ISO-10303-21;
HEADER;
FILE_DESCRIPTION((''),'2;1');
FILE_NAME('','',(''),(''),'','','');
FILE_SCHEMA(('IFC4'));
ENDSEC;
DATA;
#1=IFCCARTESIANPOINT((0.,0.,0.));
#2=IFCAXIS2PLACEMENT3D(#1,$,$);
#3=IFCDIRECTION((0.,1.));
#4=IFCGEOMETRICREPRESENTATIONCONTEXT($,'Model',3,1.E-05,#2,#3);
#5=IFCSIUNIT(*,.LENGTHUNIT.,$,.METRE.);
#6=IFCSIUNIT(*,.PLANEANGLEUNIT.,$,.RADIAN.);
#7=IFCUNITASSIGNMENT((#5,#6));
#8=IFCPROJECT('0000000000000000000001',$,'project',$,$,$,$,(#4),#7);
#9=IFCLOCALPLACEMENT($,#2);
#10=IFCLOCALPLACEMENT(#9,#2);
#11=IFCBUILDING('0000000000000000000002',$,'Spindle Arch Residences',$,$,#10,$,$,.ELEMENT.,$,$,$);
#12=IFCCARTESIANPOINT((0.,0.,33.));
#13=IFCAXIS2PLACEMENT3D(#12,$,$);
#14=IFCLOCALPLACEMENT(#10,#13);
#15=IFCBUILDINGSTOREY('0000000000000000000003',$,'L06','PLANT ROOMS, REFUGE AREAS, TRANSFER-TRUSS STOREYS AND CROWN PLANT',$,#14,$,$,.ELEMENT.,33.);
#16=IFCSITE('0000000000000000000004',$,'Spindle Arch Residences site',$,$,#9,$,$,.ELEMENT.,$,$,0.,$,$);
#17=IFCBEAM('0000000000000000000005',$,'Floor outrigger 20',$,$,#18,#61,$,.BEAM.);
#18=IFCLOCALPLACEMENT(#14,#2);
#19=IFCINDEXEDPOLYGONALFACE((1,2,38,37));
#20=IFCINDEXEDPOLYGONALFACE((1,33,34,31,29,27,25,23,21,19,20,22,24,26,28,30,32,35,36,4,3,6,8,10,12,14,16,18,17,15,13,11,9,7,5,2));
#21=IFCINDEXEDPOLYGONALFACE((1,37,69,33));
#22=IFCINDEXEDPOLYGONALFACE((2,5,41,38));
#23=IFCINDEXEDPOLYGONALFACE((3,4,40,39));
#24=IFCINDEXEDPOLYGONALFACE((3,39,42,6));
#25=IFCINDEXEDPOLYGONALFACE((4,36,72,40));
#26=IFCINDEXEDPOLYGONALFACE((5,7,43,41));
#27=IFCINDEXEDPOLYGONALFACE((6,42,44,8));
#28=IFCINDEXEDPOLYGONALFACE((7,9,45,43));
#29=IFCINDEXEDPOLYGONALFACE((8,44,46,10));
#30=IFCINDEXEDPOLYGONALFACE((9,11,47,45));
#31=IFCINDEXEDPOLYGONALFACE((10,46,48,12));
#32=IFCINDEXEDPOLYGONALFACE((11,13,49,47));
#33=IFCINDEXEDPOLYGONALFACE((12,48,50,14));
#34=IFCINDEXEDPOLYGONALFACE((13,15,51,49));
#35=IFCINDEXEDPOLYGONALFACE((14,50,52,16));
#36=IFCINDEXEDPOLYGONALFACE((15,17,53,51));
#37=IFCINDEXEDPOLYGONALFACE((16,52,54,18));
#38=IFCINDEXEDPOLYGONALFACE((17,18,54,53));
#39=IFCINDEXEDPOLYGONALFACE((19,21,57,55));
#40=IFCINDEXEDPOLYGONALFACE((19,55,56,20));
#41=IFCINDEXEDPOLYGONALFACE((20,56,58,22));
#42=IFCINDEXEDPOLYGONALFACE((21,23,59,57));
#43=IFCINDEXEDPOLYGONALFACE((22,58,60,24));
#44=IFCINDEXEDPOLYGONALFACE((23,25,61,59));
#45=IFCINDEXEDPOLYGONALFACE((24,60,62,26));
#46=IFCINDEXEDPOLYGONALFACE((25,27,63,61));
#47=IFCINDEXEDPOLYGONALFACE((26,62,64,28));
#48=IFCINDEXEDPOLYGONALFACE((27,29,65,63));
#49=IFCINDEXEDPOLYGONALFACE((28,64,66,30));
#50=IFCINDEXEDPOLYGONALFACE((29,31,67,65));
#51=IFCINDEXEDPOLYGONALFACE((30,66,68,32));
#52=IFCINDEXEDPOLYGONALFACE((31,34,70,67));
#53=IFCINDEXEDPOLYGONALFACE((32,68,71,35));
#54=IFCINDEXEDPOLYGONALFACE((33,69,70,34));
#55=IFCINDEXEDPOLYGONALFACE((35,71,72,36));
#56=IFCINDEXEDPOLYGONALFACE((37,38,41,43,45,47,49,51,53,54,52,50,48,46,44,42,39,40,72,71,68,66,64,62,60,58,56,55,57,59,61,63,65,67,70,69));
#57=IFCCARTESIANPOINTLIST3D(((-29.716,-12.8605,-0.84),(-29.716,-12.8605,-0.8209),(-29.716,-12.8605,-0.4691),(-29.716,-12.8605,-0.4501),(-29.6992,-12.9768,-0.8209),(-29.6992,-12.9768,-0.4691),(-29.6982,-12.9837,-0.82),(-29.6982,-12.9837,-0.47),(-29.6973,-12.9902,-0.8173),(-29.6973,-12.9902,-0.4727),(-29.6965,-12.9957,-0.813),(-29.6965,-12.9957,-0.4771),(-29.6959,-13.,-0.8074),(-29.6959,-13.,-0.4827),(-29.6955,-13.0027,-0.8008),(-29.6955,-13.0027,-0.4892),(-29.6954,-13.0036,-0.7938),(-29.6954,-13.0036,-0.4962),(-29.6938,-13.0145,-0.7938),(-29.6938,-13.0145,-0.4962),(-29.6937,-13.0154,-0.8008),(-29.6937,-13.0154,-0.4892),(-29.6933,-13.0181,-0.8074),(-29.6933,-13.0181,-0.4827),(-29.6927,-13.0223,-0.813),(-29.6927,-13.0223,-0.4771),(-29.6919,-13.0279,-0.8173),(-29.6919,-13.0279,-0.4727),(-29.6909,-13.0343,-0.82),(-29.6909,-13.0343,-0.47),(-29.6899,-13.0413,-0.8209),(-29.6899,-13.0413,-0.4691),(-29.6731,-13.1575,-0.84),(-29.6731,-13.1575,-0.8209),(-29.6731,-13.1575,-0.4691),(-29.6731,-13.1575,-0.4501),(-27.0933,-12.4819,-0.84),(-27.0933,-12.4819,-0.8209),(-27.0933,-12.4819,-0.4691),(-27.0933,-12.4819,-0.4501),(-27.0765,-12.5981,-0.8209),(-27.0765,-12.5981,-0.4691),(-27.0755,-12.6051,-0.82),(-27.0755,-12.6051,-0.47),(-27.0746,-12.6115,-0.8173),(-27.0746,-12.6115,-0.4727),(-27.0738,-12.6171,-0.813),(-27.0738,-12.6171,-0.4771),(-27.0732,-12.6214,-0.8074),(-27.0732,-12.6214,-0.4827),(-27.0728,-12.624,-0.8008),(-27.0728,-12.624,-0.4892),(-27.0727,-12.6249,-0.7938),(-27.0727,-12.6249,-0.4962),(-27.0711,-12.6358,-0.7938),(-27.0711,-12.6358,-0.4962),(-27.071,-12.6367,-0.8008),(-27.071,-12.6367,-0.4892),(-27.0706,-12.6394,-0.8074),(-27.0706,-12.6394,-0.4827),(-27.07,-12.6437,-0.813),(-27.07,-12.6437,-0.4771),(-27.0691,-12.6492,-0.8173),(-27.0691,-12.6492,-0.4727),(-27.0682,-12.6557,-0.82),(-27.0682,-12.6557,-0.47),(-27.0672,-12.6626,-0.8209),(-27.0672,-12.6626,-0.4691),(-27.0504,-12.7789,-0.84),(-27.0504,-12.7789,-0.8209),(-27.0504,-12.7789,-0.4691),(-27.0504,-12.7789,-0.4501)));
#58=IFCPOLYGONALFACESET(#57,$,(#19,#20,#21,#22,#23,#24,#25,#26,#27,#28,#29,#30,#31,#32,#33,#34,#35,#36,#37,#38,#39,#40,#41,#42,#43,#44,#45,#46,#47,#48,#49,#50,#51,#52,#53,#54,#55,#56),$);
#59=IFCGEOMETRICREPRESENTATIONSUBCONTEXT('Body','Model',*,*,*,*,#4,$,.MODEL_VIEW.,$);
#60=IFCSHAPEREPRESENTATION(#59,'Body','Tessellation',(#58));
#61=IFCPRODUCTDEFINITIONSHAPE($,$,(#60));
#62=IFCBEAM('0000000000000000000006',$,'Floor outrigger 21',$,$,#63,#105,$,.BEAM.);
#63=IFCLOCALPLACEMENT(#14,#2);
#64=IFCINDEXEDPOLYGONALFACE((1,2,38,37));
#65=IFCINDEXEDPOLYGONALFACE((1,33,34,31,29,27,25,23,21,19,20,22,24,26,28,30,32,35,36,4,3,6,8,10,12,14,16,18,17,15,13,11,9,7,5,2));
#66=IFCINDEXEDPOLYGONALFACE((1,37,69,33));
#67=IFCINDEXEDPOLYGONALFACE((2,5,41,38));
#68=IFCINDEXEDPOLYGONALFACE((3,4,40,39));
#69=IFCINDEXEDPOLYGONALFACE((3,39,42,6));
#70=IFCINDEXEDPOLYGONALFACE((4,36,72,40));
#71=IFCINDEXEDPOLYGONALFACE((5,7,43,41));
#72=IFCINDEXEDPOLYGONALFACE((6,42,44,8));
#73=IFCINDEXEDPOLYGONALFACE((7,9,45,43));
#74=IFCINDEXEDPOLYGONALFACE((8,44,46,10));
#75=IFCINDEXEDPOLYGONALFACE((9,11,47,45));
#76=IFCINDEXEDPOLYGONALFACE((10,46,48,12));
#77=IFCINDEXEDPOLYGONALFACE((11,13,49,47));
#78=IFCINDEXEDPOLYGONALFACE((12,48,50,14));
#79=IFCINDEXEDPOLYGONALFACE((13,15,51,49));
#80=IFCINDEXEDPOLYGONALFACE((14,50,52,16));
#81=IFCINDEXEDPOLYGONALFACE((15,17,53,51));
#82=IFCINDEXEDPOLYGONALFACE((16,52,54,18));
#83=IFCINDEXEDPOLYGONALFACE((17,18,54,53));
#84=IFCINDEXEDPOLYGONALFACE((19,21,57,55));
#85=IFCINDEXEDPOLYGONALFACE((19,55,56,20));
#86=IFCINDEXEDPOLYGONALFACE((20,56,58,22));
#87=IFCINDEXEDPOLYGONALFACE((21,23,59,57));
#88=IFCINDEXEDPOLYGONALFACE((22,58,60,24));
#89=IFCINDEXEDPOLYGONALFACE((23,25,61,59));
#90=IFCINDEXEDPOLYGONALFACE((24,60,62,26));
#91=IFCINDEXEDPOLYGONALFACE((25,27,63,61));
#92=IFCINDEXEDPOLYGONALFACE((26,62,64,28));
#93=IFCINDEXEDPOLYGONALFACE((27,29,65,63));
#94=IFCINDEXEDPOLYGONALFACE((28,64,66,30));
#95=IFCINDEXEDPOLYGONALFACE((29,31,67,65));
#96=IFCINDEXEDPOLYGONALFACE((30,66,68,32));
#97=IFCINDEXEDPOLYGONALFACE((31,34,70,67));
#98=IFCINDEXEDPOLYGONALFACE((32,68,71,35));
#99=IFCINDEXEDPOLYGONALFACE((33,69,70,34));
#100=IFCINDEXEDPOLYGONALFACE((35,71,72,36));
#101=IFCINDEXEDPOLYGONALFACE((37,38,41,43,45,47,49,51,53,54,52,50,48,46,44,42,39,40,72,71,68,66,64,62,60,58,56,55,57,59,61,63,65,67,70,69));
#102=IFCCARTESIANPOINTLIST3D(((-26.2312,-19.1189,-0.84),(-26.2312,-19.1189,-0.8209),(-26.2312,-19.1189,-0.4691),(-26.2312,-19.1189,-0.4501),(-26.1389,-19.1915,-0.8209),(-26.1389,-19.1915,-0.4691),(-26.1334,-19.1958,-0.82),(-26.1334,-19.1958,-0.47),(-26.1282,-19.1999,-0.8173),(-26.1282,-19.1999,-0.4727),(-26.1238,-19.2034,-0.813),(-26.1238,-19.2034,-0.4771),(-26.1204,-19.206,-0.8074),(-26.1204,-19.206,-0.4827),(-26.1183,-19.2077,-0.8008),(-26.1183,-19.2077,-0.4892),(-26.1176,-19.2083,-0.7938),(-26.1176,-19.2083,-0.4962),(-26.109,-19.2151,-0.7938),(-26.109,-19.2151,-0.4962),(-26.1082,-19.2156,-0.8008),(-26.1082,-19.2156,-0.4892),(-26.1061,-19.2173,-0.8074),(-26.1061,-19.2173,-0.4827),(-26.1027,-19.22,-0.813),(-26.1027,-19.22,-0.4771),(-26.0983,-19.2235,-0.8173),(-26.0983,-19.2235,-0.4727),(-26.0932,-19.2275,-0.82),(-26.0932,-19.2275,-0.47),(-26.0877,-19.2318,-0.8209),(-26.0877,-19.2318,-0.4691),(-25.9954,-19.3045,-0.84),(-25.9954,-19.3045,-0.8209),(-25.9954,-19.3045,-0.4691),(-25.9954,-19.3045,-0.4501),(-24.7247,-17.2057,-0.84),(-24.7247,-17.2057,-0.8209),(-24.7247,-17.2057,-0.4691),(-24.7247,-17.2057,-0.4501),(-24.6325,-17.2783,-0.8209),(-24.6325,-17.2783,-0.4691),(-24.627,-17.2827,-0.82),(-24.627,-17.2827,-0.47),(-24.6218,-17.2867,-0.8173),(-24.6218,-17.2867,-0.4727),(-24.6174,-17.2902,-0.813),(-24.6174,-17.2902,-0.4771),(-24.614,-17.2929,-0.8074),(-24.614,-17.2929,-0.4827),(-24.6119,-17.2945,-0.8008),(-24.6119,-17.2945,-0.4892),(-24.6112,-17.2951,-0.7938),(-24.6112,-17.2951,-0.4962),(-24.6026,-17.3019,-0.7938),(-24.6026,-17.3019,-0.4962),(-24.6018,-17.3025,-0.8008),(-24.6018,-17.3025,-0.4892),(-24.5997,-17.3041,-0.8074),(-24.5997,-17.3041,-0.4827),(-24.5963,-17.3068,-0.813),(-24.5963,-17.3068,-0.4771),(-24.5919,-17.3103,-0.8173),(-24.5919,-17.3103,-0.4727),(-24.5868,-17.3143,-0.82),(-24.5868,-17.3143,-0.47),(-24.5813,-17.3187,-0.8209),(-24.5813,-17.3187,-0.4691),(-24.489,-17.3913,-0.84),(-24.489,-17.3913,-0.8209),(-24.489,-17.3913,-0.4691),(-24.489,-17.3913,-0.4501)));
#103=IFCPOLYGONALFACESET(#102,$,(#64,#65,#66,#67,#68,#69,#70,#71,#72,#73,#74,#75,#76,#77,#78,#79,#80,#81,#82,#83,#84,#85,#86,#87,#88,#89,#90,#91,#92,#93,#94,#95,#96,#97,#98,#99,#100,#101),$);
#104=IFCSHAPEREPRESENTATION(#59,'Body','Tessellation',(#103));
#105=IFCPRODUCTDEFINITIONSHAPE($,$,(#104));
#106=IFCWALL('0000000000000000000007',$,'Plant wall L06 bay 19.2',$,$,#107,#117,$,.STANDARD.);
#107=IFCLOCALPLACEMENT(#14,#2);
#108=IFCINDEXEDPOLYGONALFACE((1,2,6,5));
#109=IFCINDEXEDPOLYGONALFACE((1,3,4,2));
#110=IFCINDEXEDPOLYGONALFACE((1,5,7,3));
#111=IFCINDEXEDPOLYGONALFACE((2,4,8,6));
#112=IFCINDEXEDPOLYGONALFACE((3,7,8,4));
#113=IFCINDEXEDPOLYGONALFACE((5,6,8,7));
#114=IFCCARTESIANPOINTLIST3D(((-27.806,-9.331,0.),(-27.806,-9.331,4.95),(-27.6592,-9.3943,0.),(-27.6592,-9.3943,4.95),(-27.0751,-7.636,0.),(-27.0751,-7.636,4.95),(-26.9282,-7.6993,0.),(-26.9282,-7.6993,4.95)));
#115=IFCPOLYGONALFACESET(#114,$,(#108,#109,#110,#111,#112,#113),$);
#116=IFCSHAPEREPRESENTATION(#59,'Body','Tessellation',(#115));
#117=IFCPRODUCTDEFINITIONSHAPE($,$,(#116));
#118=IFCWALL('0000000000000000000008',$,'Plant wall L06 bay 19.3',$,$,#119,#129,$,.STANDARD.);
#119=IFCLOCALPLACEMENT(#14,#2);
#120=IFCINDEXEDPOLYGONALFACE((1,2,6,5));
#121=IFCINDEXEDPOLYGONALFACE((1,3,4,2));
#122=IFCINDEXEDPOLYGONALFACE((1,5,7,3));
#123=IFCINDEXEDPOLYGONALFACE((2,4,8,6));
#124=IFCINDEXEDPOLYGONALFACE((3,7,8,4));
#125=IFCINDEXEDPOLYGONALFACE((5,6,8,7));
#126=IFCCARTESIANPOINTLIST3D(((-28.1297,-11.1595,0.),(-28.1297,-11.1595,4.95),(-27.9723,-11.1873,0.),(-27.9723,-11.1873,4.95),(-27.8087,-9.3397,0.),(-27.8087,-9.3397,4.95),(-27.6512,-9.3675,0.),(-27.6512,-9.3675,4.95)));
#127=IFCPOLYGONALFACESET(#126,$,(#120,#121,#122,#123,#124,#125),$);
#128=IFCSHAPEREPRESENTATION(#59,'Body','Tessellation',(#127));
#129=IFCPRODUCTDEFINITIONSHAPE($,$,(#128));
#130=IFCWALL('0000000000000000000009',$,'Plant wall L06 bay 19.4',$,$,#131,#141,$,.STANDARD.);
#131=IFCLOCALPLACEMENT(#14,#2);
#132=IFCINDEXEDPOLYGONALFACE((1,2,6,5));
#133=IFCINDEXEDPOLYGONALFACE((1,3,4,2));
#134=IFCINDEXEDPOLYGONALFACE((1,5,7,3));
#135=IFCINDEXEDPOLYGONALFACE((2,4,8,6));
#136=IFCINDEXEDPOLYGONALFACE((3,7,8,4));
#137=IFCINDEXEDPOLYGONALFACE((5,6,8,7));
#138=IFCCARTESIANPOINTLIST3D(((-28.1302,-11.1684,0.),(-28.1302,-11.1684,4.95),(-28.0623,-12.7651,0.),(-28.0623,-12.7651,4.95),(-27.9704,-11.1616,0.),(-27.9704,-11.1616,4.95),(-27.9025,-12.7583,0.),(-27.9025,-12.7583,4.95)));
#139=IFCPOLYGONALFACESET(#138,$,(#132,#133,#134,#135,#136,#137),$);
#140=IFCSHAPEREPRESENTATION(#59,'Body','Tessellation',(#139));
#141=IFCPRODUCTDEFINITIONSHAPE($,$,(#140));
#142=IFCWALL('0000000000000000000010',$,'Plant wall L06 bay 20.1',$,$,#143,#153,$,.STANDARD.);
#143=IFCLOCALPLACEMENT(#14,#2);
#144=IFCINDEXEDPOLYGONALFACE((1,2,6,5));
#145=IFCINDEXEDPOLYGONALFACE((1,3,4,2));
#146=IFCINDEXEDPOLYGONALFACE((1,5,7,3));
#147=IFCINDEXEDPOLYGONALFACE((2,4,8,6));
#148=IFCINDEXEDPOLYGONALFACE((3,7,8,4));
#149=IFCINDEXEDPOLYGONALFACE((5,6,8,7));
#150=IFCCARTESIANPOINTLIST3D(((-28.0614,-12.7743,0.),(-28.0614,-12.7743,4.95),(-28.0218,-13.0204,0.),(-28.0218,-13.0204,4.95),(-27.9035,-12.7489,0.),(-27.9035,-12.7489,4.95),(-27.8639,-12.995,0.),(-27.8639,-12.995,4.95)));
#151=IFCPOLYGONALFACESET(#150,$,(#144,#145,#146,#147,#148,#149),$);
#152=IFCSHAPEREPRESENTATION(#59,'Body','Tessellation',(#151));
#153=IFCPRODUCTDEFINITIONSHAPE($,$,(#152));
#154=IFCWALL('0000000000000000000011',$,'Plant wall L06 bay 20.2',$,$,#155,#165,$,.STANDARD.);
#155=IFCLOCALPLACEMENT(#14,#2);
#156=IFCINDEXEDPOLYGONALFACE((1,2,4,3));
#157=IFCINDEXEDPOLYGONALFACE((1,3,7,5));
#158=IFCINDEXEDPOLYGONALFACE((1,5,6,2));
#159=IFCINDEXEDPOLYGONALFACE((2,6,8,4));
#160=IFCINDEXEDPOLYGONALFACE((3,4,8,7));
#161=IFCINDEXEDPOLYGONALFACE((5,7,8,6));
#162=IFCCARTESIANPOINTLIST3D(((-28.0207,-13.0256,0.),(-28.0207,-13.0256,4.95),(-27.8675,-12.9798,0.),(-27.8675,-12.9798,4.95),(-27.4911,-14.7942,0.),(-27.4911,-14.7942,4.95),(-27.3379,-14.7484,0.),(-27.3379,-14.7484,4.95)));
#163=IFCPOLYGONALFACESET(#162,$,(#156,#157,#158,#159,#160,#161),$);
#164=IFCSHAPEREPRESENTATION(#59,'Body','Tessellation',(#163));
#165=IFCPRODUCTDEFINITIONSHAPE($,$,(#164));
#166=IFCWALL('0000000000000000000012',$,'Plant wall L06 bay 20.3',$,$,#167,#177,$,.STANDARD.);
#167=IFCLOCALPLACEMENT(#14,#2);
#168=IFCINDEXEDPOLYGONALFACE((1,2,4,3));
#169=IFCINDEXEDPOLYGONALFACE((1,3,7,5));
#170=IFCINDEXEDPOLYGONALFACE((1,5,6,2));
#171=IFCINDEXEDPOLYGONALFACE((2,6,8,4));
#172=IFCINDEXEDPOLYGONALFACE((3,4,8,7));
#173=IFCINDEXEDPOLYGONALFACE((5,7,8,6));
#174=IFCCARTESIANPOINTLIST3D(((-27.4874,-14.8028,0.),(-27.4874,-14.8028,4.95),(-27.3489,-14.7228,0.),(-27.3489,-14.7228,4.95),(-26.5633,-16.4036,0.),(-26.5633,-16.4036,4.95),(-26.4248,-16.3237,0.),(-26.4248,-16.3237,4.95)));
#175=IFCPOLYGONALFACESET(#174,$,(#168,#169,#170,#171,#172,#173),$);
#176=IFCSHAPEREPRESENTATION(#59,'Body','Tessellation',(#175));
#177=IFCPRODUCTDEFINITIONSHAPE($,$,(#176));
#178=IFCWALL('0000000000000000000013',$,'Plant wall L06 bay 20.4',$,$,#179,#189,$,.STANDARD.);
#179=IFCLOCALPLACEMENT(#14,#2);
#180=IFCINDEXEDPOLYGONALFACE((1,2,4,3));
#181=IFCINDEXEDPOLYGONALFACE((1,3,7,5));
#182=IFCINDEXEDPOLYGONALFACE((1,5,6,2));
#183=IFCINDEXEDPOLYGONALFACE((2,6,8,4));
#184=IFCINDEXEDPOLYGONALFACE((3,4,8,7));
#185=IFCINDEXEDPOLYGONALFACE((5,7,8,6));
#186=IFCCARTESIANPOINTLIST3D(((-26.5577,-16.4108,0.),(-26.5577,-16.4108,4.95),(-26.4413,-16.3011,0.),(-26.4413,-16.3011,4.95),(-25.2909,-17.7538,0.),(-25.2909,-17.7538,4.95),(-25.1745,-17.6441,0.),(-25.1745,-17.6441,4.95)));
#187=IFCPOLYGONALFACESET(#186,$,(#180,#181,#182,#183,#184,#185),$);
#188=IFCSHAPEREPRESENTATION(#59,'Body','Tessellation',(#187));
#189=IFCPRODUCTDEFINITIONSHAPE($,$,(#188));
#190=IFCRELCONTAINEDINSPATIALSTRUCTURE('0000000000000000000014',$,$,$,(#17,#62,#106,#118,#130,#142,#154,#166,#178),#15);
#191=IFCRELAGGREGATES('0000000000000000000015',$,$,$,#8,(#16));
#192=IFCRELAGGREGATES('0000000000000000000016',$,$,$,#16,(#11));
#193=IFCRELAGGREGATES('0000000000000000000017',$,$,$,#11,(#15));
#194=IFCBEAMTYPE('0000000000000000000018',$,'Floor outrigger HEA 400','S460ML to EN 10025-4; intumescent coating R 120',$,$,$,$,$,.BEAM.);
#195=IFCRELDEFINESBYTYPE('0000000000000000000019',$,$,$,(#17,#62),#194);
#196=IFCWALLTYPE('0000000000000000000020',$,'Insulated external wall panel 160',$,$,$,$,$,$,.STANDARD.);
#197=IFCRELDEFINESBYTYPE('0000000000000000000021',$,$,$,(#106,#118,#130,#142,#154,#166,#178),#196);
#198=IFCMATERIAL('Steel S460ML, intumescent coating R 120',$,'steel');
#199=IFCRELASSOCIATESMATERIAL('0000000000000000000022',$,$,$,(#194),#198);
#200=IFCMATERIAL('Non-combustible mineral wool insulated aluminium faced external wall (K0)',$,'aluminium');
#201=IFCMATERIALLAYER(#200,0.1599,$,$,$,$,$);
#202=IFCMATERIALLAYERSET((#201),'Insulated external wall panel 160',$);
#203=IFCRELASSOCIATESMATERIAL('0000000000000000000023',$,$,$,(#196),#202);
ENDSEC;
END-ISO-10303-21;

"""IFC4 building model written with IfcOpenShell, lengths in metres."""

from ifc_helpers import new_model, si_unit, direction, frame, frame_2d, origin, origin_2d, place, context, subcontext, project, spatial, rectangle, i_section, extrude, material, layer, layer_set, material_profile, profile_set, type_object, element, save


model = new_model("IFC4")

# Units and contexts
model_context = context("Model", 3, precision=1e-05, world=origin(), true_north=direction((0.0, 1.0)))
body_context = subcontext(model_context, "Body", "Model", "MODEL_VIEW")
ifc_project = project(units=[si_unit("LENGTHUNIT", "METRE"), si_unit("PLANEANGLEUNIT", "RADIAN")], contexts=[model_context])

# Site, building, storey
site_placement = place(None, origin())
site = spatial("IfcSite", under=ifc_project, at=site_placement, Name="Spindle Arch Residences site", CompositionType="ELEMENT", RefElevation=0.0)
building_placement = place(site_placement, origin())
building = spatial("IfcBuilding", under=site, at=building_placement, Name="Spindle Arch Residences", CompositionType="ELEMENT")
storey_placement = place(building_placement, frame((0.0, 0.0, 33.0)))
storey = spatial("IfcBuildingStorey", under=building, at=storey_placement, Name="L06", Description="PLANT ROOMS, REFUGE AREAS, TRANSFER-TRUSS STOREYS AND CROWN PLANT", CompositionType="ELEMENT", Elevation=33.0)

# Beams
ifc_material_1 = material(Name="Steel S460ML, intumescent coating R 120", Category="steel")
ifc_material_profile_1 = material_profile(ifc_material_1, i_section(OverallWidth=0.3, OverallDepth=0.3899, WebThickness=0.011, FlangeThickness=0.019, FilletRadius=0.0271, at=origin_2d()), Name="HEA 400")
ifc_profile_set_1 = profile_set([ifc_material_profile_1], Name="Steel S460ML, intumescent coating R 120")
beam_type_1 = type_object("IfcBeamType", Name="Floor outrigger HEA 400", Description="S460ML to EN 10025-4; intumescent coating R 120", PredefinedType="BEAM", material=ifc_profile_set_1)
beam_1_placement = place(storey_placement, frame((-29.6946, -13.009, -0.645), z_axis=(0.989738, 0.142892, 0.0), x_axis=(-0.142892, 0.989738, 0.0)))
element("IfcBeam", 1, at=beam_1_placement, inside=storey, type_object=beam_type_1, Name="Floor outrigger 20", PredefinedType="BEAM", context=body_context, shape_type="SweptSolid", body=[
    extrude(i_section(OverallWidth=0.3, OverallDepth=0.3899, WebThickness=0.011, FlangeThickness=0.019, FilletRadius=0.0271, at=origin_2d()), origin(), (0.0, 0.0, 1.0), 2.6499),
])
beam_2_placement = place(storey_placement, frame((-26.1133, -19.2117, -0.645), z_axis=(0.618636, 0.785678, 0.0), x_axis=(-0.785678, 0.618636, 0.0)))
element("IfcBeam", 2, at=beam_2_placement, inside=storey, type_object=beam_type_1, Name="Floor outrigger 21", PredefinedType="BEAM", context=body_context, shape_type="SweptSolid", body=[
    extrude(i_section(OverallWidth=0.3, OverallDepth=0.3899, WebThickness=0.011, FlangeThickness=0.019, FilletRadius=0.0271, at=origin_2d()), origin(), (0.0, 0.0, 1.0), 2.4351),
])

# Walls
ifc_material_2 = material(Name="Non-combustible mineral wool insulated aluminium faced external wall (K0)", Category="aluminium")
ifc_layer = layer(ifc_material_2, 0.1599)
ifc_layer_set = layer_set([ifc_layer], Name="Insulated external wall panel 160")
wall_type = type_object("IfcWallType", Name="Insulated external wall panel 160", PredefinedType="STANDARD", material=ifc_layer_set)
wall_1_placement = place(storey_placement, frame((-27.0017, -7.6677, 0.0), z_axis=(0.0, 0.0, 1.0), x_axis=(-0.395977, -0.91826, 0.0)))
element("IfcWall", 3, at=wall_1_placement, inside=storey, type_object=wall_type, Name="Plant wall L06 bay 19.2", PredefinedType="STANDARD", context=body_context, shape_type="SweptSolid", body=[
    extrude(rectangle(XDim=1.8459, YDim=0.1599, at=frame_2d((0.9229, 0.0))), origin(), (0.0, 0.0, 1.0), 4.95),
])
wall_2_placement = place(storey_placement, frame((-27.73, -9.3538, 0.0), z_axis=(0.0, 0.0, 1.0), x_axis=(-0.173733, -0.984793, 0.0)))
element("IfcWall", 4, at=wall_2_placement, inside=storey, type_object=wall_type, Name="Plant wall L06 bay 19.3", PredefinedType="STANDARD", context=body_context, shape_type="SweptSolid", body=[
    extrude(rectangle(XDim=1.8479, YDim=0.1599, at=frame_2d((0.9238, 0.0))), origin(), (0.0, 0.0, 1.0), 4.95),
])
wall_3_placement = place(storey_placement, frame((-28.0503, -11.165, 0.0), z_axis=(0.0, 0.0, 1.0), x_axis=(0.042469, -0.999098, 0.0)))
element("IfcWall", 5, at=wall_3_placement, inside=storey, type_object=wall_type, Name="Plant wall L06 bay 19.4", PredefinedType="STANDARD", context=body_context, shape_type="SweptSolid", body=[
    extrude(rectangle(XDim=1.5981, YDim=0.1599, at=frame_2d((0.7991, 0.0))), origin(), (0.0, 0.0, 1.0), 4.95),
])
wall_4_placement = place(storey_placement, frame((-27.9824, -12.7617, 0.0), z_axis=(0.0, 0.0, 1.0), x_axis=(0.158678, -0.98733, 0.0)))
element("IfcWall", 6, at=wall_4_placement, inside=storey, type_object=wall_type, Name="Plant wall L06 bay 20.1", PredefinedType="STANDARD", context=body_context, shape_type="SweptSolid", body=[
    extrude(rectangle(XDim=0.2493, YDim=0.1599, at=frame_2d((0.1245, 0.0))), origin(), (0.0, 0.0, 1.0), 4.95),
])
wall_5_placement = place(storey_placement, frame((-27.9441, -13.0027, 0.0), z_axis=(0.0, 0.0, 1.0), x_axis=(0.286838, -0.957979, 0.0)))
element("IfcWall", 7, at=wall_5_placement, inside=storey, type_object=wall_type, Name="Plant wall L06 bay 20.2", PredefinedType="STANDARD", context=body_context, shape_type="SweptSolid", body=[
    extrude(rectangle(XDim=1.8462, YDim=0.1599, at=frame_2d((0.9231, 0.0))), origin(), (0.0, 0.0, 1.0), 4.95),
])
wall_6_placement = place(storey_placement, frame((-27.4182, -14.7627, 0.0), z_axis=(0.0, 0.0, 1.0), x_axis=(0.499932, -0.866065, 0.0)))
element("IfcWall", 8, at=wall_6_placement, inside=storey, type_object=wall_type, Name="Plant wall L06 bay 20.3", PredefinedType="STANDARD", context=body_context, shape_type="SweptSolid", body=[
    extrude(rectangle(XDim=1.8484, YDim=0.1599, at=frame_2d((0.9243, 0.0))), origin(), (0.0, 0.0, 1.0), 4.95),
])
wall_7_placement = place(storey_placement, frame((-26.4995, -16.356, 0.0), z_axis=(0.0, 0.0, 1.0), x_axis=(0.686177, -0.727435, 0.0)))
element("IfcWall", 9, at=wall_7_placement, inside=storey, type_object=wall_type, Name="Plant wall L06 bay 20.4", PredefinedType="STANDARD", context=body_context, shape_type="SweptSolid", body=[
    extrude(rectangle(XDim=1.8462, YDim=0.1599, at=frame_2d((0.9231, 0.0))), origin(), (0.0, 0.0, 1.0), 4.95),
])

save(model, "model.ifc")
